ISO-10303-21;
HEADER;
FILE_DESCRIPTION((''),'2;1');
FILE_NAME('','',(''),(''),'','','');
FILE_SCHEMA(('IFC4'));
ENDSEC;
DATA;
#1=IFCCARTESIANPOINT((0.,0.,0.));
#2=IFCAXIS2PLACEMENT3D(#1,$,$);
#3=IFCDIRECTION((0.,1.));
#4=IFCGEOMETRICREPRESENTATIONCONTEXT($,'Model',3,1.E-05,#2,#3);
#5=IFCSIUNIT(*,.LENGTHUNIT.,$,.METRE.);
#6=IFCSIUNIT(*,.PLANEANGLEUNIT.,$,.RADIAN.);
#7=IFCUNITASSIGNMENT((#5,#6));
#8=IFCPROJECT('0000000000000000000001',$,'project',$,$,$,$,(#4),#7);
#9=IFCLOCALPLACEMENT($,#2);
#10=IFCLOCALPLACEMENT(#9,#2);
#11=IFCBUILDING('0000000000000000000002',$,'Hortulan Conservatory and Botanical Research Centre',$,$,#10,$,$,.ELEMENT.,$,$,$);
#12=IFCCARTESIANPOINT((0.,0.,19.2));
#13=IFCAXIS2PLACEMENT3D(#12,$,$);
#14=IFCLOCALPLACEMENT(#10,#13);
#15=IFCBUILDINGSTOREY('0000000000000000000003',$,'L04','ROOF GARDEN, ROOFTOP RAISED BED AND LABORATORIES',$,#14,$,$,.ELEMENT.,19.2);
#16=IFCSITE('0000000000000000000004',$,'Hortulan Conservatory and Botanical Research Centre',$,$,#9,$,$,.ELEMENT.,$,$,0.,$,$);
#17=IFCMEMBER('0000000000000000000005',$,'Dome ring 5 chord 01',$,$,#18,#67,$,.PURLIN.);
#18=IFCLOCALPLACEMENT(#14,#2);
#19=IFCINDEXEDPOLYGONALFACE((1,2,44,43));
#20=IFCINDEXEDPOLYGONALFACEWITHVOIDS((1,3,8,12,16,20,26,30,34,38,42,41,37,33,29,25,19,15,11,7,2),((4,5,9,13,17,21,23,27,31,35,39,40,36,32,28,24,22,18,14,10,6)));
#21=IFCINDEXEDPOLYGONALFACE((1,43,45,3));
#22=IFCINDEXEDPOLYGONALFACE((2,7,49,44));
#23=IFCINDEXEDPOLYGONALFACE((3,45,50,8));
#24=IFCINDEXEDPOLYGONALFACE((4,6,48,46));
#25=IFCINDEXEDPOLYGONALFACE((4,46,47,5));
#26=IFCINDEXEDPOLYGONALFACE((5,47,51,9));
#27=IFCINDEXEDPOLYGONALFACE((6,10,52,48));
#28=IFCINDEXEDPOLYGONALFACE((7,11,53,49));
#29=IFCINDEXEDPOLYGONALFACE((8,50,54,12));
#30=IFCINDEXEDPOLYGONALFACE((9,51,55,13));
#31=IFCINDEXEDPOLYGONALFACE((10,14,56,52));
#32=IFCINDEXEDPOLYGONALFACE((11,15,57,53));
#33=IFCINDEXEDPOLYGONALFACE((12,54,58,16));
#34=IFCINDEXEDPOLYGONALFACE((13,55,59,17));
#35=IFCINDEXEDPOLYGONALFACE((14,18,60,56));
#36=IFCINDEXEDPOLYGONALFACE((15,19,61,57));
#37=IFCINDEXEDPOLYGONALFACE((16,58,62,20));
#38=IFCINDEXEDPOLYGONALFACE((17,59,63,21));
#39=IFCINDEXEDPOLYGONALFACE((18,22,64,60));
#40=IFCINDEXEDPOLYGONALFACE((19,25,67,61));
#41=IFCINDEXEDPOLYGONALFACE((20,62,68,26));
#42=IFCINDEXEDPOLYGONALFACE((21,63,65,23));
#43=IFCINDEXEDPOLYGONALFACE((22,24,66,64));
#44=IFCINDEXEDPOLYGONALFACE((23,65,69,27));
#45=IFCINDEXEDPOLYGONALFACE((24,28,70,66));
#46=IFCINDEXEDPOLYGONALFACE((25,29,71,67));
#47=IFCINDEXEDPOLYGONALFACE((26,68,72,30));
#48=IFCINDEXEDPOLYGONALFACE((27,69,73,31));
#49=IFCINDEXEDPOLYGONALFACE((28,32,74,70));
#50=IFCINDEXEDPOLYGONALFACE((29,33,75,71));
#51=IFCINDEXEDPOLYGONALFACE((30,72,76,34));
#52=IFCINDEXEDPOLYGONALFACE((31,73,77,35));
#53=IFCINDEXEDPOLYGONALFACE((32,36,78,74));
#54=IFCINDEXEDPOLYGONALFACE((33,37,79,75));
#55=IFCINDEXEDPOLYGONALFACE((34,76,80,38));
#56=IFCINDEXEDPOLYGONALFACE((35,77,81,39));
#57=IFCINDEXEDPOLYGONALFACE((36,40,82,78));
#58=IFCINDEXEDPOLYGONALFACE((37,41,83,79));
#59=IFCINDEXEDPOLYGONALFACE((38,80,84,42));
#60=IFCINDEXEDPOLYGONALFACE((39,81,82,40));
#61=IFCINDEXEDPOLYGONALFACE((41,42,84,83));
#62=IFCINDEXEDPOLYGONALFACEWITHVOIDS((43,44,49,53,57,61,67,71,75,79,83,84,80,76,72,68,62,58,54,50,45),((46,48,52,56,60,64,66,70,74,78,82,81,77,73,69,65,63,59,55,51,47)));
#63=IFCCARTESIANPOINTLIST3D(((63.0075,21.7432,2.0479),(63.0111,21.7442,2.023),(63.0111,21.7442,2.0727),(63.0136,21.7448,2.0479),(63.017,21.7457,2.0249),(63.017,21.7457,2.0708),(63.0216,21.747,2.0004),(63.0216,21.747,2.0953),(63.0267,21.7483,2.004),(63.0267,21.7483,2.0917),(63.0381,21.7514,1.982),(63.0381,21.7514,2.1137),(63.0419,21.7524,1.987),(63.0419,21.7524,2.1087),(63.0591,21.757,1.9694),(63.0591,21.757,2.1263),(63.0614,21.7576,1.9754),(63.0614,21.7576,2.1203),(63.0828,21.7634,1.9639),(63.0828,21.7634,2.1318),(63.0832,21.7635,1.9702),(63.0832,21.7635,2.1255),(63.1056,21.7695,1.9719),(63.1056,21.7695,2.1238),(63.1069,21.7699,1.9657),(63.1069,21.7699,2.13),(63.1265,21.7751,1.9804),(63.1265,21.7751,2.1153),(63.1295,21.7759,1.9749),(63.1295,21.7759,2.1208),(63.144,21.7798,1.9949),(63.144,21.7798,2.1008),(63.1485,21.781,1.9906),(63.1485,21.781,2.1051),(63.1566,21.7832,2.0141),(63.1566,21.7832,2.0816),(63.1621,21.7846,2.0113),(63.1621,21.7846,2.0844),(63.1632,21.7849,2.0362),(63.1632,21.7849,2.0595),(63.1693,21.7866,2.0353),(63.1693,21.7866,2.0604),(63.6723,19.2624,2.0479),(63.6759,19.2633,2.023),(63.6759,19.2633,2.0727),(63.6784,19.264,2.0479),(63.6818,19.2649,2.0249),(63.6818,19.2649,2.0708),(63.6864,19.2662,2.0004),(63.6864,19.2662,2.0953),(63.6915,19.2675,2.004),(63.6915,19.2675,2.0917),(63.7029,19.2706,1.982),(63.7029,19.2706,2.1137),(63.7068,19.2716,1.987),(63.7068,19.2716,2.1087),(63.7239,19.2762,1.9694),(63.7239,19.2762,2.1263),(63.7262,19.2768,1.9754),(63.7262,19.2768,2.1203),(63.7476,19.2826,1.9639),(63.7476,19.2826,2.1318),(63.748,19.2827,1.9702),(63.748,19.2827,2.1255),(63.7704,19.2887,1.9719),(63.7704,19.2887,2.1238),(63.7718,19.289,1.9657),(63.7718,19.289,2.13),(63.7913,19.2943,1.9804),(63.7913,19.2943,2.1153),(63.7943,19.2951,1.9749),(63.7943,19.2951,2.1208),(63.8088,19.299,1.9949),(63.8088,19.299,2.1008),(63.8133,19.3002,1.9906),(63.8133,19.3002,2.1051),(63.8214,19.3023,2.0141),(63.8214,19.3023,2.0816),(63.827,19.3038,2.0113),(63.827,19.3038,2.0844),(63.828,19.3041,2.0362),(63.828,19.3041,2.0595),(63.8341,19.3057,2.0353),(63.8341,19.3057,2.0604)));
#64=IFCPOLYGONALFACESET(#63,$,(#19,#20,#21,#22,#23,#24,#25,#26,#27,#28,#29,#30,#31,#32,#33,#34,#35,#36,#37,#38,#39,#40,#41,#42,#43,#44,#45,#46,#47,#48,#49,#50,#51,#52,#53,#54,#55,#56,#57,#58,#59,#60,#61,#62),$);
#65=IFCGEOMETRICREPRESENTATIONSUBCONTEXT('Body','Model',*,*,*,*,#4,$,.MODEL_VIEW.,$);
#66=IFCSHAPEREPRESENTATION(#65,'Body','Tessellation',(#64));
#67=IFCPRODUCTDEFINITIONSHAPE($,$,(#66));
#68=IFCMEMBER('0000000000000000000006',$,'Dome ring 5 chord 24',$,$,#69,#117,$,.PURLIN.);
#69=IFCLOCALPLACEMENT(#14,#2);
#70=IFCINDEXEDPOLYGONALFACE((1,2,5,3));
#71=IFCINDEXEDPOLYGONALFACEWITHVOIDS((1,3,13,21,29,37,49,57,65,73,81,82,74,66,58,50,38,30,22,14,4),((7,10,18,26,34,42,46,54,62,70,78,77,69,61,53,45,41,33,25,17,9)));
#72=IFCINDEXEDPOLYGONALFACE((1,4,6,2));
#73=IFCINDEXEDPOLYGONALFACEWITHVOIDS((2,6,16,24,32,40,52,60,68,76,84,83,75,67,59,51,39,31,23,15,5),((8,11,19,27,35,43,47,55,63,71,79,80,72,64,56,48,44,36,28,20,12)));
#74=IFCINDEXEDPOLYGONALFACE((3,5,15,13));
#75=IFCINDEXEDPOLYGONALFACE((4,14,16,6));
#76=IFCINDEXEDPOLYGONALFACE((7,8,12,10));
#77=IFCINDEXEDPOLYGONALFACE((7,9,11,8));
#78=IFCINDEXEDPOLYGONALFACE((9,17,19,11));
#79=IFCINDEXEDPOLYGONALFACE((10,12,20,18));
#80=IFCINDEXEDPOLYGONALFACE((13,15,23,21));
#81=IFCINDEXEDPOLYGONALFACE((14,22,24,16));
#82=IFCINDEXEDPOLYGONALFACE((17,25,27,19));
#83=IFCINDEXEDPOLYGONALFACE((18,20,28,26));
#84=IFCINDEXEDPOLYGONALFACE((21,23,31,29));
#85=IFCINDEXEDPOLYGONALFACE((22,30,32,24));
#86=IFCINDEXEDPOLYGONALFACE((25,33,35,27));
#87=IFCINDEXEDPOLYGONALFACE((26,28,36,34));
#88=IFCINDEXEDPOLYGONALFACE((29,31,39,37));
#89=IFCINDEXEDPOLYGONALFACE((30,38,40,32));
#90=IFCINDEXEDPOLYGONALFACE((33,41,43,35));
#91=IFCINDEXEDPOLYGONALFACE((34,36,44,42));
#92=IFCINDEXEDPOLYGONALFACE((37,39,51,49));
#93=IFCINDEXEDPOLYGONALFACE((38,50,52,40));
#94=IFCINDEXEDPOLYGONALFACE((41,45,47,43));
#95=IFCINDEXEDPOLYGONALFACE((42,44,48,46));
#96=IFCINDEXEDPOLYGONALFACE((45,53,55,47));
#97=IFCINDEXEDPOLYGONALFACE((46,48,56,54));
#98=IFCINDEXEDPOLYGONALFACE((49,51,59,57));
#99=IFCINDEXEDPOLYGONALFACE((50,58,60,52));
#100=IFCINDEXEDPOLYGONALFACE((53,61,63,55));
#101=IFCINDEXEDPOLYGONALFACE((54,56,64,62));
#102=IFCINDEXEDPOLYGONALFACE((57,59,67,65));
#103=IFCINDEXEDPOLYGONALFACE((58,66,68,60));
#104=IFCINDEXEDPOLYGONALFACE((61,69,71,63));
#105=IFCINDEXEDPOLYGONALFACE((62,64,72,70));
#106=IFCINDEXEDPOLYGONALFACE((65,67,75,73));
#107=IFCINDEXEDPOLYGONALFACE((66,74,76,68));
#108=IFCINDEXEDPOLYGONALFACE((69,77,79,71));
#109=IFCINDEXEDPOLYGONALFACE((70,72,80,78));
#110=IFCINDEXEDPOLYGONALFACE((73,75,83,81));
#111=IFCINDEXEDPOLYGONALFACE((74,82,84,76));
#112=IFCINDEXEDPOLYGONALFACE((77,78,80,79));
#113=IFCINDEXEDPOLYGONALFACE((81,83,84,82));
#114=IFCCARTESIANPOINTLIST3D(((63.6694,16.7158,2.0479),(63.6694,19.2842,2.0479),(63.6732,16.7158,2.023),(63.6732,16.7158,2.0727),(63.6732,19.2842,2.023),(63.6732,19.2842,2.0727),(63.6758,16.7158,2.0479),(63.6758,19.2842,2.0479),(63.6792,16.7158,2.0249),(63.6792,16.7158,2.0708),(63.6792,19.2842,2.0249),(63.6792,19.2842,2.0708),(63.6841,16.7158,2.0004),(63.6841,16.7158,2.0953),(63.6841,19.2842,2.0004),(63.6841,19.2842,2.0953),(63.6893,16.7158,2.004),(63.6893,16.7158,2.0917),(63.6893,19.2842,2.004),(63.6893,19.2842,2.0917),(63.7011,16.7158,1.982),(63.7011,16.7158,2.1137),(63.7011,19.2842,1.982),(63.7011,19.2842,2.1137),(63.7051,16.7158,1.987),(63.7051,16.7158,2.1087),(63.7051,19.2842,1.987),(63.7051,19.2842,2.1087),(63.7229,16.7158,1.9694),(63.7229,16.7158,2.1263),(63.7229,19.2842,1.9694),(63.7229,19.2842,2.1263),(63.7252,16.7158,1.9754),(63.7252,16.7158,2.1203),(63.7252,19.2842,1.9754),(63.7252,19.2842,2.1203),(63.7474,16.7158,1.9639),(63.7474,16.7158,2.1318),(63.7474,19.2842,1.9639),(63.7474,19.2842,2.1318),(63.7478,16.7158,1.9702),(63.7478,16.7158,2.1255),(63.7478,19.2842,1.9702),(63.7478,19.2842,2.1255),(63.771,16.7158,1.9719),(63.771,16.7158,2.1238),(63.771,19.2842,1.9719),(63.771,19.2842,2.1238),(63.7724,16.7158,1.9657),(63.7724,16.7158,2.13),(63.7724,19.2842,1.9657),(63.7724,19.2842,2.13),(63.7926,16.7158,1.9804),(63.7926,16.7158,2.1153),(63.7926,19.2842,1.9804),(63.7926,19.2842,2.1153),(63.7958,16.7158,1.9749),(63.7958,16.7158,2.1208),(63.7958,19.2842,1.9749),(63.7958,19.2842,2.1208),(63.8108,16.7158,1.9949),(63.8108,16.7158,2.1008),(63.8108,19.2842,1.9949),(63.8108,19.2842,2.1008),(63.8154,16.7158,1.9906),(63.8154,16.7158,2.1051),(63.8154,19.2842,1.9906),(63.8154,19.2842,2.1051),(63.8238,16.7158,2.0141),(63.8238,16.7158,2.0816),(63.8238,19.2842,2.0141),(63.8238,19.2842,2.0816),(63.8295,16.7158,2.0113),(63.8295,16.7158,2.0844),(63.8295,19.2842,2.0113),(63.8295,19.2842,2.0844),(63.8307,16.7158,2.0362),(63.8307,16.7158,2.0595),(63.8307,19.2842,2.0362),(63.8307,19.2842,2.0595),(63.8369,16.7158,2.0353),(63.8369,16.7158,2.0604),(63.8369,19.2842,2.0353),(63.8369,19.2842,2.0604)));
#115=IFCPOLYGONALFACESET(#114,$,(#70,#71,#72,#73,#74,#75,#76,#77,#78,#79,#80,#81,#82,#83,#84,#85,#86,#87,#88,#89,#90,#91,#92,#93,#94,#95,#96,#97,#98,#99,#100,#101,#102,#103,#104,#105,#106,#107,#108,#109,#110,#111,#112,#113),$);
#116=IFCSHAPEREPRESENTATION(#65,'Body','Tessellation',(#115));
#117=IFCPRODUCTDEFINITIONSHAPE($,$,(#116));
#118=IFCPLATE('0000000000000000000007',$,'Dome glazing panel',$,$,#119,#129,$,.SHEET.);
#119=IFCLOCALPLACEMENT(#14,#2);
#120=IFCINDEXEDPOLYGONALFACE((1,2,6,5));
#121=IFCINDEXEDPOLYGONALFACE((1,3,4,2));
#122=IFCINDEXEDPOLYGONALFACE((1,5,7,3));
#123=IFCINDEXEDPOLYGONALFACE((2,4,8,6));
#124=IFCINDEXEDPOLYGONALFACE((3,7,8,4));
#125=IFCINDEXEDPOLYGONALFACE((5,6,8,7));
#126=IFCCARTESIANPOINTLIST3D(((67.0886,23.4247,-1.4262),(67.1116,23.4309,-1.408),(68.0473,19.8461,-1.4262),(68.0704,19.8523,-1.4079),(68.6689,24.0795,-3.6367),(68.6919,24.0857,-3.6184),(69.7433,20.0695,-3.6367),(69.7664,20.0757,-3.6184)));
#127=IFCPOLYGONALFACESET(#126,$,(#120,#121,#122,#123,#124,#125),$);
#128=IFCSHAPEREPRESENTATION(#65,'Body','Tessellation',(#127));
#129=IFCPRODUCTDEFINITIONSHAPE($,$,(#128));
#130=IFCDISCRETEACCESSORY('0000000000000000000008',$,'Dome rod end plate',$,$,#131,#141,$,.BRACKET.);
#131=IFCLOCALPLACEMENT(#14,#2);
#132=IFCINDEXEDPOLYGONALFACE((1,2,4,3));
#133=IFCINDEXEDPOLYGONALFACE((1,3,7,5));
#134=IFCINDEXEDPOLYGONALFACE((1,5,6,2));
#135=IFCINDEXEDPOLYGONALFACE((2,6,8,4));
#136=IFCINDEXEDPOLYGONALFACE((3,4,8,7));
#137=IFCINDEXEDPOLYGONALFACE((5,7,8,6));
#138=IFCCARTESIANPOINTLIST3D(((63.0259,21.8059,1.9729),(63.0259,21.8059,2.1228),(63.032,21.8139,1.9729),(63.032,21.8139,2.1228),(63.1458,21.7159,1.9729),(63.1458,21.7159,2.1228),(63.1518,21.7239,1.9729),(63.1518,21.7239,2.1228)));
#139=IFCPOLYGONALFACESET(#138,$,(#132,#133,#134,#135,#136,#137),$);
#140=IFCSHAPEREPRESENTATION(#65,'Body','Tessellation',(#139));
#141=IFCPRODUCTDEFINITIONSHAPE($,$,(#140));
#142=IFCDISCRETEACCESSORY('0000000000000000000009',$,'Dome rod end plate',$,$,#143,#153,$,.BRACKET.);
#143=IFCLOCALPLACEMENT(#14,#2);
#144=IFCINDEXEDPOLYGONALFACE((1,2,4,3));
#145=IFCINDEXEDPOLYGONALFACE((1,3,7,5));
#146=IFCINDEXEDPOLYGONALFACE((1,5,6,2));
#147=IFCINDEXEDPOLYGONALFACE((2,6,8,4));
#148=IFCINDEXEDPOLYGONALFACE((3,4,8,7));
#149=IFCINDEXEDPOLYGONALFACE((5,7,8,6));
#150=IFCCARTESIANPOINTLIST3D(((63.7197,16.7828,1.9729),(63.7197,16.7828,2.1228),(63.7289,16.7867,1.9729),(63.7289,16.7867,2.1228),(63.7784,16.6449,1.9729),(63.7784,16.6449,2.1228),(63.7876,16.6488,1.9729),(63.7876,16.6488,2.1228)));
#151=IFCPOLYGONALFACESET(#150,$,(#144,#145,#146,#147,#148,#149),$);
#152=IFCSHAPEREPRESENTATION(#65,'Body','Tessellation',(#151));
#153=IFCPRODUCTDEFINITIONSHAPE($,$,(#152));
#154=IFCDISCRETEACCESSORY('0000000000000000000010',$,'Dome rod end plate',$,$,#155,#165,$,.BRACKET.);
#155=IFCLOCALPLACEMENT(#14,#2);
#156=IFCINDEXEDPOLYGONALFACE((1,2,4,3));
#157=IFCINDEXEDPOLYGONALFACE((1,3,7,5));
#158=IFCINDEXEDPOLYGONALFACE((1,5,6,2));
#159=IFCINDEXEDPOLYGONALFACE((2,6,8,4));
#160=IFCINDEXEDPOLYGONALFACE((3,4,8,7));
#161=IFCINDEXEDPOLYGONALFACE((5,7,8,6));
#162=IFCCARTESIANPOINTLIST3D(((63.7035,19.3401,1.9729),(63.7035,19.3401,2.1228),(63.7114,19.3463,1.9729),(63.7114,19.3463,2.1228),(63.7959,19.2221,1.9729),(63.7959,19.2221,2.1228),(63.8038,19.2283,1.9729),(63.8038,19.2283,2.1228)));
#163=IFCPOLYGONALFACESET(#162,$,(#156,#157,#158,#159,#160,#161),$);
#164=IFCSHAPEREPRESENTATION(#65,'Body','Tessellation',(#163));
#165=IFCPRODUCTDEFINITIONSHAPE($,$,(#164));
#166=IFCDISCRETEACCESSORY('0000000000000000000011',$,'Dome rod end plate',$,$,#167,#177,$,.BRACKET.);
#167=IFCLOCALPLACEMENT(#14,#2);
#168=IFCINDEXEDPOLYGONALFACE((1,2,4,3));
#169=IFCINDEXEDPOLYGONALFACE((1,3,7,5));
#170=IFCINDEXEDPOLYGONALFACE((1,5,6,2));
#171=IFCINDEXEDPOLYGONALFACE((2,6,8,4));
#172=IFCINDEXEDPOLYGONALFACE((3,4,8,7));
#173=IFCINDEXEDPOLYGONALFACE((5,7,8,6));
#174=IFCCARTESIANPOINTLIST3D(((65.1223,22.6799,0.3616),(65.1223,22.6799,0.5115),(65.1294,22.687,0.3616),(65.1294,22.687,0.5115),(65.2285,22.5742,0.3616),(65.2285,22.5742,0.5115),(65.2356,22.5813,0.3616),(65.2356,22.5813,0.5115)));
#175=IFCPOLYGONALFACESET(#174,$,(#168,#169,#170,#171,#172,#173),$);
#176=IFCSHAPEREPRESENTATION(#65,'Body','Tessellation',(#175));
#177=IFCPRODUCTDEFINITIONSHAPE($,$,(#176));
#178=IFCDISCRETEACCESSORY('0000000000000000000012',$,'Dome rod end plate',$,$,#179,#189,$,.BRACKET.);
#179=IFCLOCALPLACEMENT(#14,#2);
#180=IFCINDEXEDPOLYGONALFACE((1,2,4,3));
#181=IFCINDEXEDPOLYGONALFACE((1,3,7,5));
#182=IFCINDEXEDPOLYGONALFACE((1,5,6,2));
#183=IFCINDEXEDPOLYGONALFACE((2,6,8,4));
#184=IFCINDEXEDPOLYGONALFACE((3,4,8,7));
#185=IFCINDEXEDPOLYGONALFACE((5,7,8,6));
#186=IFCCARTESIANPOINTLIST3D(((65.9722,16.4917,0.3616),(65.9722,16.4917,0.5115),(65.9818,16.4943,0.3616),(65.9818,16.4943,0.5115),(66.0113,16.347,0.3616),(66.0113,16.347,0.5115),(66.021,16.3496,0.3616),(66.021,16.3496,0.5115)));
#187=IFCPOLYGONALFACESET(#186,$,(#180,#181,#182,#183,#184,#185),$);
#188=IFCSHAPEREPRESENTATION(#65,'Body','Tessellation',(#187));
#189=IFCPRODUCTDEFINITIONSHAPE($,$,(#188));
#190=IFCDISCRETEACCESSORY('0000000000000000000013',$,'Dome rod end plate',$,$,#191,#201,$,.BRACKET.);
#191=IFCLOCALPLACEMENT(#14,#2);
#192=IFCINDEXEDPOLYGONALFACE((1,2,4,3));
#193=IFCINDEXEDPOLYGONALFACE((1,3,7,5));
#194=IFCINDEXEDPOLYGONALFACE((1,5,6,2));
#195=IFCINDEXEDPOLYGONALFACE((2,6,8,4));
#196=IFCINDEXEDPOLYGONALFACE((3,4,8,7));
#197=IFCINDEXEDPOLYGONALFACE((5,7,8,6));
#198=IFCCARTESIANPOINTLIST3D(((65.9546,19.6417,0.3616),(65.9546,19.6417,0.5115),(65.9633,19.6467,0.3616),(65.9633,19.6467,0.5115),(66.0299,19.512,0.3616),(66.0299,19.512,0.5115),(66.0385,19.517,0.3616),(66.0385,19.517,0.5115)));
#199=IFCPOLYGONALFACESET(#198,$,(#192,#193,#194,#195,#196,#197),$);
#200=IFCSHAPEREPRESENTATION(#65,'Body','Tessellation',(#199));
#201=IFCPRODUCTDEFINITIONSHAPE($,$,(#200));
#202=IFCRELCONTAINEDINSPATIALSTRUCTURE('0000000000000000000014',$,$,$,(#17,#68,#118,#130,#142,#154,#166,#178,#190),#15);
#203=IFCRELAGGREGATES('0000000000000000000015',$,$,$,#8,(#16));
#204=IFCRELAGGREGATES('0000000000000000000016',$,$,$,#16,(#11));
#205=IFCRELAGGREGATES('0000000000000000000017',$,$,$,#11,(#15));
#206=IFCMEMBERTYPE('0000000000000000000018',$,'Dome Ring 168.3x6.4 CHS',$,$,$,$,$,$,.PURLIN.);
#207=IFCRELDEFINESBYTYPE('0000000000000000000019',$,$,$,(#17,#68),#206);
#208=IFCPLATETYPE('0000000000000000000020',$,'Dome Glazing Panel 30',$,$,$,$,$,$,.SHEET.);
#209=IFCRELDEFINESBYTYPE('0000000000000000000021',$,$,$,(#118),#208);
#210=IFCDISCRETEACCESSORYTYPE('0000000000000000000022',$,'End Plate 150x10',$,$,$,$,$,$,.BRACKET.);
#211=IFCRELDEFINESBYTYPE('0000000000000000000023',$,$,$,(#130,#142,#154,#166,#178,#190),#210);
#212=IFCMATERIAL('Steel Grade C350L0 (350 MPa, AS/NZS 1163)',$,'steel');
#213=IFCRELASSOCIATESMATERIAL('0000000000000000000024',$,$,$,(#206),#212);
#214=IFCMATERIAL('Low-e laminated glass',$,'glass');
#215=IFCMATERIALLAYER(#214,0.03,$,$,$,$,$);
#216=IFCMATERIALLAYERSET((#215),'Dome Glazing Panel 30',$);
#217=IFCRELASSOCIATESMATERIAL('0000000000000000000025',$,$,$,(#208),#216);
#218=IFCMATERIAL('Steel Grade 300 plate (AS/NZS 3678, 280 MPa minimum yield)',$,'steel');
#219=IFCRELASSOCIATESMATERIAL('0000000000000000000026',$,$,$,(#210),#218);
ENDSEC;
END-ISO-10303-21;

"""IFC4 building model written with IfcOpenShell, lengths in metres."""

from ifc_helpers import new_model, si_unit, direction, frame, origin, origin_2d, place, context, subcontext, project, spatial, polyline, rectangle, hollow_circle, outline, extrude, material, layer, layer_set, material_profile, profile_set, type_object, element, save


model = new_model("IFC4")

# Units and contexts
model_context = context("Model", 3, precision=1e-05, world=origin(), true_north=direction((0.0, 1.0)))
body_context = subcontext(model_context, "Body", "Model", "MODEL_VIEW")
ifc_project = project(units=[si_unit("LENGTHUNIT", "METRE"), si_unit("PLANEANGLEUNIT", "RADIAN")], contexts=[model_context])

# Site, building, storey
site_placement = place(None, origin())
site = spatial("IfcSite", under=ifc_project, at=site_placement, Name="Hortulan Conservatory and Botanical Research Centre", CompositionType="ELEMENT", RefElevation=0.0)
building_placement = place(site_placement, origin())
building = spatial("IfcBuilding", under=site, at=building_placement, Name="Hortulan Conservatory and Botanical Research Centre", CompositionType="ELEMENT")
storey_placement = place(building_placement, frame((0.0, 0.0, 19.2)))
storey = spatial("IfcBuildingStorey", under=building, at=storey_placement, Name="L04", Description="ROOF GARDEN, ROOFTOP RAISED BED AND LABORATORIES", CompositionType="ELEMENT", Elevation=19.2)

# Shared definitions
ifc_material_1 = material(Name="Steel Grade C350L0 (350 MPa, AS/NZS 1163)", Category="steel")

# Members
ifc_material_profile_1 = material_profile(ifc_material_1, hollow_circle(Radius=0.0842, WallThickness=0.0063, at=origin_2d()), Name="168.3x6.4CHS")
ifc_profile_set_1 = profile_set([ifc_material_profile_1], Name="Steel Grade C350L0 (350 MPa, AS/NZS 1163)")
member_type_1 = type_object("IfcMemberType", Name="Dome Ring 168.3x6.4 CHS", PredefinedType="PURLIN", material=ifc_profile_set_1)
for number, where, z_axis, x_axis, name in (
    (1, (63.7537, 19.2842, 2.0479), (-0.258852, 0.965917, 0.0), (-0.965917, -0.258852, 0.0), "Dome ring 5 chord 01"),
    (2, (63.7537, 16.7158, 2.0479), (0.0, 1.0, 0.0), (-1.0, 0.0, 0.0), "Dome ring 5 chord 24"),
):
    element("IfcMember", number, at=place(storey_placement, frame(where, z_axis=z_axis, x_axis=x_axis)), inside=storey, type_object=member_type_1, Name=name, PredefinedType="PURLIN", context=body_context, shape_type="SweptSolid", body=[
        extrude(hollow_circle(Radius=0.0842, WallThickness=0.0063, at=origin_2d()), origin(), (0.0, 0.0, 1.0), 2.5684),
    ])

# Plate
ifc_material_2 = material(Name="Low-e laminated glass", Category="glass")
ifc_layer = layer(ifc_material_2, 0.03)
ifc_layer_set = layer_set([ifc_layer], Name="Dome Glazing Panel 30")
plate_type = type_object("IfcPlateType", Name="Dome Glazing Panel 30", PredefinedType="SHEET", material=ifc_layer_set)
plate_placement = place(storey_placement, frame((69.7664, 20.0757, -3.6184), z_axis=(0.766346, 0.205325, 0.608732), x_axis=(-0.258806, 0.965929, 0.000008)))
element("IfcPlate", 3, at=plate_placement, inside=storey, type_object=plate_type, Name="Dome glazing panel", PredefinedType="SHEET", context=body_context, shape_type="SweptSolid", body=[
    extrude(outline(polyline([(0.0, 0.0), (4.1515, 0.0), (3.928, 2.7861), (0.2232, 2.7862), (0.0, 0.0)])), origin(), (0.0, 0.0, -1.0), 0.03),
])

# Discrete accessories
ifc_material_3 = material(Name="Steel Grade 300 plate (AS/NZS 3678, 280 MPa minimum yield)", Category="steel")
discrete_accessory_type = type_object("IfcDiscreteAccessoryType", Name="End Plate 150x10", PredefinedType="BRACKET", material=ifc_material_3)
for number, where, z_axis, x_axis, name in (
    (4, (63.0889, 21.7649, 1.9729), (0.0, 0.0, 1.0), (0.799381, -0.600825, 0.0), "Dome rod end plate"),
    (5, (63.7537, 16.7158, 1.9729), (0.0, 0.0, 1.0), (0.391855, -0.920027, 0.0), "Dome rod end plate"),
    (6, (63.7537, 19.2842, 1.9729), (0.0, 0.0, 1.0), (0.616637, -0.787247, 0.0), "Dome rod end plate"),
    (7, (65.179, 22.6306, 0.3616), (0.0, 0.0, 1.0), (0.708771, -0.705439, 0.0), "Dome rod end plate"),
    (8, (65.9966, 16.4207, 0.3616), (0.0, 0.0, 1.0), (0.261094, -0.965313, 0.0), "Dome rod end plate"),
    (9, (65.9966, 19.5793, 0.3616), (0.0, 0.0, 1.0), (0.502054, -0.864836, 0.0), "Dome rod end plate"),
):
    element("IfcDiscreteAccessory", number, at=place(storey_placement, frame(where, z_axis=z_axis, x_axis=x_axis)), inside=storey, type_object=discrete_accessory_type, Name=name, PredefinedType="BRACKET", context=body_context, shape_type="SweptSolid", body=[
        extrude(rectangle(XDim=0.1499, YDim=0.01, at=origin_2d()), origin(), (0.0, 0.0, 1.0), 0.1499),
    ])

save(model, "model.ifc")
